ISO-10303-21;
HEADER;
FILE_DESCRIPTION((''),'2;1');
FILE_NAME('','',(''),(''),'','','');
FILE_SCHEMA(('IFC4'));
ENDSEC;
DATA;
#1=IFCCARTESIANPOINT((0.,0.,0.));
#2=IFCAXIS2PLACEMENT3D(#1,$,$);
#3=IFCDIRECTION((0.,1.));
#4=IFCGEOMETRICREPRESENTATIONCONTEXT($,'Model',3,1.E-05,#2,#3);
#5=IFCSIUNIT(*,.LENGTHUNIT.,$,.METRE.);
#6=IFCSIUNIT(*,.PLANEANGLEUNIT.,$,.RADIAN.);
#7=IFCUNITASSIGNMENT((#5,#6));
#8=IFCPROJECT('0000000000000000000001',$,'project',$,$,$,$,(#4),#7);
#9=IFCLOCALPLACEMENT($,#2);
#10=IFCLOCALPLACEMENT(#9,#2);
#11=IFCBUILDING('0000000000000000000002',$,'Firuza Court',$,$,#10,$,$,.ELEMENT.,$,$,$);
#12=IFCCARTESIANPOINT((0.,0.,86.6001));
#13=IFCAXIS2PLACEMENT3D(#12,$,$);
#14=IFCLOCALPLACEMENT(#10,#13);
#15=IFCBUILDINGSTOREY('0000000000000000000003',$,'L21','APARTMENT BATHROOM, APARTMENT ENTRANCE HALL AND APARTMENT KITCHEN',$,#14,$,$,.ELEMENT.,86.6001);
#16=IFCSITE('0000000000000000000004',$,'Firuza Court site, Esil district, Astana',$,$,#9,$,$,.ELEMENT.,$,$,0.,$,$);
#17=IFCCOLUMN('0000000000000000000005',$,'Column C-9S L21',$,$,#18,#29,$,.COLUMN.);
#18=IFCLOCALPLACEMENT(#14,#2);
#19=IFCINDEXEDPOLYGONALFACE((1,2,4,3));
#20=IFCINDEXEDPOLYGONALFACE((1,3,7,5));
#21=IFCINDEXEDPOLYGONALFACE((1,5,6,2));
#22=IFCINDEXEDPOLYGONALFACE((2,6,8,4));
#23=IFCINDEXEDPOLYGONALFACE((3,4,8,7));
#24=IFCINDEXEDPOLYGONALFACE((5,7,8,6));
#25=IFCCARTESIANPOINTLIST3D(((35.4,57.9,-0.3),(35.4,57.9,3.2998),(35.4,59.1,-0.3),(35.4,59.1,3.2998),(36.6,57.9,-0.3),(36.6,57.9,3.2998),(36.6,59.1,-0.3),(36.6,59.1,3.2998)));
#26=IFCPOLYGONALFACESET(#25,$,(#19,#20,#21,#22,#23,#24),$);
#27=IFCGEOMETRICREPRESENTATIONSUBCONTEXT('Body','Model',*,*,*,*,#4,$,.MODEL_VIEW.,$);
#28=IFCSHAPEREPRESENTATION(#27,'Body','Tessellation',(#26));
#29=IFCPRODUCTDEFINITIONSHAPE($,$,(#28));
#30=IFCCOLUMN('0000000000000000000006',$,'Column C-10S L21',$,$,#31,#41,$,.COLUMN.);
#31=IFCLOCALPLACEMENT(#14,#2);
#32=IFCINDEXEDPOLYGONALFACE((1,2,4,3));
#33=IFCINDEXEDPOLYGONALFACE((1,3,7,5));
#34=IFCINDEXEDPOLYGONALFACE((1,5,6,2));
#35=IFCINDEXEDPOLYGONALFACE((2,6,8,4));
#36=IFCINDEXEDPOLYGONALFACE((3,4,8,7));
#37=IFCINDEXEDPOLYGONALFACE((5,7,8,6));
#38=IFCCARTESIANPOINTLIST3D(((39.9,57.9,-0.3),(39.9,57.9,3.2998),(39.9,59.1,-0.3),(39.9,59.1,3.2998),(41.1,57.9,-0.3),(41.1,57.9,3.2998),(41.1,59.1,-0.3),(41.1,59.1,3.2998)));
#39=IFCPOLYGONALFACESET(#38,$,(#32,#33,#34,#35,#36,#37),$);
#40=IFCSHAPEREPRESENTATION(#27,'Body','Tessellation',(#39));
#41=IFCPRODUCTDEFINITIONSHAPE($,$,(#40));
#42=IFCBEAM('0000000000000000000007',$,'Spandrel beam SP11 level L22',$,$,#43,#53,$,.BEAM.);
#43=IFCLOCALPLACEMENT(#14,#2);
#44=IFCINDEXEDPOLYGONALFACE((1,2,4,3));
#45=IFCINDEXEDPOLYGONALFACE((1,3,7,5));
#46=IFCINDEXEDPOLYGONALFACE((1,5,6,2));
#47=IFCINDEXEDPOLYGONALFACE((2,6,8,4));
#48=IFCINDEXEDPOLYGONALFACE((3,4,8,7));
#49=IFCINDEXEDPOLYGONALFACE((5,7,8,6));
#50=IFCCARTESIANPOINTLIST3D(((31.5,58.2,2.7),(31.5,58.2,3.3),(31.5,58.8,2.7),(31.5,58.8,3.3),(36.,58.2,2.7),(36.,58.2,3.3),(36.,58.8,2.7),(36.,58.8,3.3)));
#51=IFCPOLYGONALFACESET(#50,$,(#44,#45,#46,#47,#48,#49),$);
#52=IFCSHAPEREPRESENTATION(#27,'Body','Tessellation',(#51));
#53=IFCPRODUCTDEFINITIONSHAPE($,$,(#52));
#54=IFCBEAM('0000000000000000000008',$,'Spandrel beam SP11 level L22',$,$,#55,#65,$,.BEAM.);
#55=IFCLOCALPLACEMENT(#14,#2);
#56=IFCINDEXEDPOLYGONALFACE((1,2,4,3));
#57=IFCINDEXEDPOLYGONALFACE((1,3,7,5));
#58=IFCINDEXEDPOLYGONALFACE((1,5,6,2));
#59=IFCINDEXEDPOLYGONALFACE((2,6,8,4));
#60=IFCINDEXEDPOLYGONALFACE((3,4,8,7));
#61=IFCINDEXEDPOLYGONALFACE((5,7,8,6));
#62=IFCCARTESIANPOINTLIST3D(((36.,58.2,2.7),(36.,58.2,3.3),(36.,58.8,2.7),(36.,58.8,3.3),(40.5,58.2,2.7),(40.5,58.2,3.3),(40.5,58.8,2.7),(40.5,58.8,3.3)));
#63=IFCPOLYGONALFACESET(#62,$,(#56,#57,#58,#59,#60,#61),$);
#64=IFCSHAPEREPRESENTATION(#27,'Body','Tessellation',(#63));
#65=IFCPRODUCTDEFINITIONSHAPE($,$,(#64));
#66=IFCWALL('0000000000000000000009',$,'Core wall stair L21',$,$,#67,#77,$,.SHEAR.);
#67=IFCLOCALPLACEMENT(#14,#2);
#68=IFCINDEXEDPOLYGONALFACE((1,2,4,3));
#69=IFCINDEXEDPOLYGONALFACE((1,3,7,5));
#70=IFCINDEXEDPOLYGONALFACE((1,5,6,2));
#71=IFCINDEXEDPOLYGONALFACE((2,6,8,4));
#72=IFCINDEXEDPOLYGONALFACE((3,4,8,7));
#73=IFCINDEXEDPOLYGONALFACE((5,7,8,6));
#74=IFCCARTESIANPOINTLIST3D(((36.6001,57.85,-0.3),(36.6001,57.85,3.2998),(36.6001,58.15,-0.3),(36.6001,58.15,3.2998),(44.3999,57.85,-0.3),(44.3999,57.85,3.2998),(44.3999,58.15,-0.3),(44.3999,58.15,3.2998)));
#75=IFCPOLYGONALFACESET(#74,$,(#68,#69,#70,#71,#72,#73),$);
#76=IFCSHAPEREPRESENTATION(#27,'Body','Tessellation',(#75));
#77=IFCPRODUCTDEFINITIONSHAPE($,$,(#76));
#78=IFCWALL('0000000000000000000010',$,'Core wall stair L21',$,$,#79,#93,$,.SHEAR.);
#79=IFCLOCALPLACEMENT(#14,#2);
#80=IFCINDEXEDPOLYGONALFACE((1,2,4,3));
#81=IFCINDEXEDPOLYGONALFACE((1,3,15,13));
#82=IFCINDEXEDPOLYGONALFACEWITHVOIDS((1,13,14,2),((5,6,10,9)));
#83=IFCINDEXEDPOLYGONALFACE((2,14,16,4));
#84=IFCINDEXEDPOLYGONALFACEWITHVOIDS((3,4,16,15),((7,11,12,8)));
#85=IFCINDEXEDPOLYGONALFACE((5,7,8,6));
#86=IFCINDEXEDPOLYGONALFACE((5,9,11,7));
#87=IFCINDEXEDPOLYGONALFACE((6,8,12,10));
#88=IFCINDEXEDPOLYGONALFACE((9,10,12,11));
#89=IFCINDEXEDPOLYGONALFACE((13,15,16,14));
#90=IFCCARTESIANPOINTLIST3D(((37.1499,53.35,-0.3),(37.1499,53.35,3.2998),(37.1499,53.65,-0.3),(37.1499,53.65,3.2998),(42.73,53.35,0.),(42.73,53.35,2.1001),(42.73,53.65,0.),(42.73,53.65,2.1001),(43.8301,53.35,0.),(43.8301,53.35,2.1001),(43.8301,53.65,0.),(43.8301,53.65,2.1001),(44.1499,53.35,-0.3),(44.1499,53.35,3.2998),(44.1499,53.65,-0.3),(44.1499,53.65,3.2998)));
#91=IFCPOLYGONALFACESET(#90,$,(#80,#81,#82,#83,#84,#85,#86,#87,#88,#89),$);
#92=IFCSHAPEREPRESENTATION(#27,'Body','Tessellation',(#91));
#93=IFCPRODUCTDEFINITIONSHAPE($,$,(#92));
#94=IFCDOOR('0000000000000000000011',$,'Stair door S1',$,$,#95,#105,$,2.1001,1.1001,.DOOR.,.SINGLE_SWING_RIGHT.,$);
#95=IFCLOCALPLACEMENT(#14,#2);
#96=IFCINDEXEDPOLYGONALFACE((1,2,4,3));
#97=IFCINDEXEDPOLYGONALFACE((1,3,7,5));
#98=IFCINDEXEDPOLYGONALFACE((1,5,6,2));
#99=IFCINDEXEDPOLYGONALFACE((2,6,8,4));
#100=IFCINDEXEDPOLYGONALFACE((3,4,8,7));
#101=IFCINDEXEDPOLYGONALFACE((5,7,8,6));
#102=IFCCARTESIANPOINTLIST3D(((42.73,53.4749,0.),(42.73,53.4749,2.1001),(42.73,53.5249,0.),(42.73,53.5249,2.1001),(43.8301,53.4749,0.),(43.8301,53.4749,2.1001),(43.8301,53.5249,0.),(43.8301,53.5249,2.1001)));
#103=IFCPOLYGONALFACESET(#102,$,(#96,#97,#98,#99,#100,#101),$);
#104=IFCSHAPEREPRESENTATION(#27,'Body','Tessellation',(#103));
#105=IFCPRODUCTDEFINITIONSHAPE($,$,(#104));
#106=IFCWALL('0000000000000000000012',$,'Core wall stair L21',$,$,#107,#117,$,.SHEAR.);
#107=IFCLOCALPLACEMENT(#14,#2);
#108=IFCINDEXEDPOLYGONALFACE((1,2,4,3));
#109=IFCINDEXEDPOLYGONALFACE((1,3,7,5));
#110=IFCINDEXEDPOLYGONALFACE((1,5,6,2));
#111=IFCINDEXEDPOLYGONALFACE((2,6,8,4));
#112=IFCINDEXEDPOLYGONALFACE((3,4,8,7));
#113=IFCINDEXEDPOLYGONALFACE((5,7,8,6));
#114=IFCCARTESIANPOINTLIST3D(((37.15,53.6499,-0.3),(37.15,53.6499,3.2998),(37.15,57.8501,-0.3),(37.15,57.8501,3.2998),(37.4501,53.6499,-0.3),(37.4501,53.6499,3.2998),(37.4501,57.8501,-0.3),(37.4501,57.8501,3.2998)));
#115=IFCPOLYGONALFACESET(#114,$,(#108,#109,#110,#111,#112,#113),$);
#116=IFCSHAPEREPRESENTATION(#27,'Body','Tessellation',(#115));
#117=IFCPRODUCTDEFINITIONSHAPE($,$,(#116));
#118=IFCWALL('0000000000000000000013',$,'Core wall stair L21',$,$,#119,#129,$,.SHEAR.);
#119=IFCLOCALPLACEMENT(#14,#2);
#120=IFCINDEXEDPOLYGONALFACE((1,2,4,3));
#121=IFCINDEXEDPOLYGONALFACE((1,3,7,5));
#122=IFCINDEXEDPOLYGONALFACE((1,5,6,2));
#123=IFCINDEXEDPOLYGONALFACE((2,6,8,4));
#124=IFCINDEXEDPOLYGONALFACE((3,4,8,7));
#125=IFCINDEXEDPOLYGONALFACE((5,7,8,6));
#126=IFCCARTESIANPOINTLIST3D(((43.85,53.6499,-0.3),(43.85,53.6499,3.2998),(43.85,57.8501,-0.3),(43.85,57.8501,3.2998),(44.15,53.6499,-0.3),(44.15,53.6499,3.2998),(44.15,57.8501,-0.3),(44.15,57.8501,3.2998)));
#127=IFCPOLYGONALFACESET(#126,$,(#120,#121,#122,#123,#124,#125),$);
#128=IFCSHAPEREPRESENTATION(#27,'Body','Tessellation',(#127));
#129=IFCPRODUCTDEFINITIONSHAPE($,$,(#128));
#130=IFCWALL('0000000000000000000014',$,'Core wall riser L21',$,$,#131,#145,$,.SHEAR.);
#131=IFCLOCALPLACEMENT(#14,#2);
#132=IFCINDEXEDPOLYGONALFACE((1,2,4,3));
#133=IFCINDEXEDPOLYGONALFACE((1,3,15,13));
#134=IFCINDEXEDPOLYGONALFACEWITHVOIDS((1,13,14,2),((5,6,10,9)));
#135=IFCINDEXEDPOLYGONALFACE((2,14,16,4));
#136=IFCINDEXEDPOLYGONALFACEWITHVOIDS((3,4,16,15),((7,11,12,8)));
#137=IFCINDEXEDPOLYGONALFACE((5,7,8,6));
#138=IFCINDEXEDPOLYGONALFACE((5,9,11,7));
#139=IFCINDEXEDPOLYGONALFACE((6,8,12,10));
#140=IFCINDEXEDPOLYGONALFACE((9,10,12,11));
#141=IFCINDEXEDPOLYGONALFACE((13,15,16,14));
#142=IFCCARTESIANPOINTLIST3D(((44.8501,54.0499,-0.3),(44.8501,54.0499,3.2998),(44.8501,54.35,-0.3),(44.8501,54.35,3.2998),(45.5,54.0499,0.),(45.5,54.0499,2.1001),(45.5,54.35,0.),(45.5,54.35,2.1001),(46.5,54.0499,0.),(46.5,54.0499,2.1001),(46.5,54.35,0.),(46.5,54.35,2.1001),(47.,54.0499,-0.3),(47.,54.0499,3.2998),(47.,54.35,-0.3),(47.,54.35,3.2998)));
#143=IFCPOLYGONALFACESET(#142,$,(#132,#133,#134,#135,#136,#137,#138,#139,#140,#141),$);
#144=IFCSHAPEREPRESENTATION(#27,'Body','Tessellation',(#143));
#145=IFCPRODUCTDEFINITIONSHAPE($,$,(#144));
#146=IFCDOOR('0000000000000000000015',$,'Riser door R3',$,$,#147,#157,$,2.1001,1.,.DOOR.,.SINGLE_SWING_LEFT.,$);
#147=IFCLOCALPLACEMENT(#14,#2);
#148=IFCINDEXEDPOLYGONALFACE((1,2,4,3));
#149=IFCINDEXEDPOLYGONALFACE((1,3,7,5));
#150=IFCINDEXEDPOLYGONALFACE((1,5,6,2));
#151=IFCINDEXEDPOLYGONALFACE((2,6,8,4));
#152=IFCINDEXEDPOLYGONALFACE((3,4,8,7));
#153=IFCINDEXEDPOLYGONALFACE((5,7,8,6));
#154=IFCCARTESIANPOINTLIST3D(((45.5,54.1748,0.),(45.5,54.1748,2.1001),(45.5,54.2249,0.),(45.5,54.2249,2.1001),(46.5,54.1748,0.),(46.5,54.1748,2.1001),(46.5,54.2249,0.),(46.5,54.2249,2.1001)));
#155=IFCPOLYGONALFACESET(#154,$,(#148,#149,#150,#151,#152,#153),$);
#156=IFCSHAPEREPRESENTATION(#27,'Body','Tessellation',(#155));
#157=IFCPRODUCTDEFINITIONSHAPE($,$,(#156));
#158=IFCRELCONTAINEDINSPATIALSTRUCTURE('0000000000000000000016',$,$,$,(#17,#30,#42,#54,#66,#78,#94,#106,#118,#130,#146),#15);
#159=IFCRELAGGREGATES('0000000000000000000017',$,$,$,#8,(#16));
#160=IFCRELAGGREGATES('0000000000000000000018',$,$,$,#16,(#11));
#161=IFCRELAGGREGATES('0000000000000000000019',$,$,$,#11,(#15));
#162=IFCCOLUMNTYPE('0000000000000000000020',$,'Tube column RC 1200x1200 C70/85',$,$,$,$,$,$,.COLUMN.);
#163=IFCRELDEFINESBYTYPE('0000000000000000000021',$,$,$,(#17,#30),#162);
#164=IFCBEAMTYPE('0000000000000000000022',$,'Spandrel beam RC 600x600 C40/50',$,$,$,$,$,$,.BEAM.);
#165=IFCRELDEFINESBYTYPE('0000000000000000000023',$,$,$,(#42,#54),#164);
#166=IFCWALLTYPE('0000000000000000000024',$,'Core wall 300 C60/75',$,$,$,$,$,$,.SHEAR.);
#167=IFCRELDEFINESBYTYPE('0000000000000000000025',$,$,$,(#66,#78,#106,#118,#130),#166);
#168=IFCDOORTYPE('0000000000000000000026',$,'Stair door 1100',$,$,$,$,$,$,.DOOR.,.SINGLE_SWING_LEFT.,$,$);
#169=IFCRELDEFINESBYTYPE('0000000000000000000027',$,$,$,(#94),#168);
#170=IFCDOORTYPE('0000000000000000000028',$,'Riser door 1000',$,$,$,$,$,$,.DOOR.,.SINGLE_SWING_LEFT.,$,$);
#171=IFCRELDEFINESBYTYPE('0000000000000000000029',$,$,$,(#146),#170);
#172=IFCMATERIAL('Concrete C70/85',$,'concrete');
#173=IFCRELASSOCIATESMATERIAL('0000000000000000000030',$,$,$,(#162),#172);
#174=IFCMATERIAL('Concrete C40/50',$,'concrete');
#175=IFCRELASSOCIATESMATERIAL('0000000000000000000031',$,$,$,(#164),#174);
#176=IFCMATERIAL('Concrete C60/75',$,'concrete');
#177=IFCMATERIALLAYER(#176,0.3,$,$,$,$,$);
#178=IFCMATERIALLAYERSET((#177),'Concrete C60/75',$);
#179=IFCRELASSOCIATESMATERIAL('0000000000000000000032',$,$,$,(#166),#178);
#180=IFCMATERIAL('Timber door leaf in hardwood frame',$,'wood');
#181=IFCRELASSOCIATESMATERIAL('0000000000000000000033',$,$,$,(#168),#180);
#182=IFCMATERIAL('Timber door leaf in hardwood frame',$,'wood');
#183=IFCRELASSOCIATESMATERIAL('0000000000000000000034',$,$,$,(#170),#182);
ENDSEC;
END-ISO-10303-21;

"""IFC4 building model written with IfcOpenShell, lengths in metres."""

from ifc_helpers import new_model, si_unit, direction, frame, frame_2d, origin, origin_2d, place, context, subcontext, project, spatial, rectangle, extrude, material, layer, layer_set, material_profile, profile_set, type_object, element, fill, save


model = new_model("IFC4")

# Units and contexts
model_context = context("Model", 3, precision=1e-05, world=origin(), true_north=direction((0.0, 1.0)))
body_context = subcontext(model_context, "Body", "Model", "MODEL_VIEW")
ifc_project = project(units=[si_unit("LENGTHUNIT", "METRE"), si_unit("PLANEANGLEUNIT", "RADIAN")], contexts=[model_context])

# Site, building, storey
site_placement = place(None, origin())
site = spatial("IfcSite", under=ifc_project, at=site_placement, Name="Firuza Court site, Esil district, Astana", CompositionType="ELEMENT", RefElevation=0.0)
building_placement = place(site_placement, origin())
building = spatial("IfcBuilding", under=site, at=building_placement, Name="Firuza Court", CompositionType="ELEMENT")
storey_placement = place(building_placement, frame((0.0, 0.0, 86.6001)))
storey = spatial("IfcBuildingStorey", under=building, at=storey_placement, Name="L21", Description="APARTMENT BATHROOM, APARTMENT ENTRANCE HALL AND APARTMENT KITCHEN", CompositionType="ELEMENT", Elevation=86.6001)

# Columns
ifc_material_1 = material(Name="Concrete C70/85", Category="concrete")
ifc_material_profile_1 = material_profile(ifc_material_1, rectangle(XDim=1.2, YDim=1.2, at=origin_2d()), Name="RC 1200x1200")
ifc_profile_set_1 = profile_set([ifc_material_profile_1], Name="Concrete C70/85")
column_type = type_object("IfcColumnType", Name="Tube column RC 1200x1200 C70/85", PredefinedType="COLUMN", material=ifc_profile_set_1)
for number, where, z_axis, x_axis, name in (
    (1, (36.0, 58.5, -0.3), (0.0, 0.0, 1.0), (1.0, 0.0, 0.0), "Column C-9S L21"),
    (2, (40.5, 58.5, -0.3), (0.0, 0.0, 1.0), (1.0, 0.0, 0.0), "Column C-10S L21"),
):
    element("IfcColumn", number, at=place(storey_placement, frame(where, z_axis=z_axis, x_axis=x_axis)), inside=storey, type_object=column_type, Name=name, PredefinedType="COLUMN", context=body_context, shape_type="SweptSolid", body=[
        extrude(rectangle(XDim=1.2, YDim=1.2, at=origin_2d()), origin(), (0.0, 0.0, 1.0), 3.5999),
    ])

# Beams
ifc_material_2 = material(Name="Concrete C40/50", Category="concrete")
ifc_material_profile_2 = material_profile(ifc_material_2, rectangle(XDim=0.6001, YDim=0.6001, at=origin_2d()), Name="RC 600x600")
ifc_profile_set_2 = profile_set([ifc_material_profile_2], Name="Concrete C40/50")
beam_type = type_object("IfcBeamType", Name="Spandrel beam RC 600x600 C40/50", PredefinedType="BEAM", material=ifc_profile_set_2)
for number, where, z_axis, x_axis, name in (
    (3, (36.0, 58.5, 3.0), (-1.0, 0.0, 0.0), (0.0, -1.0, 0.0), "Spandrel beam SP11 level L22"),
    (4, (40.5, 58.5, 3.0), (-1.0, 0.0, 0.0), (0.0, -1.0, 0.0), "Spandrel beam SP11 level L22"),
):
    element("IfcBeam", number, at=place(storey_placement, frame(where, z_axis=z_axis, x_axis=x_axis)), inside=storey, type_object=beam_type, Name=name, PredefinedType="BEAM", context=body_context, shape_type="SweptSolid", body=[
        extrude(rectangle(XDim=0.6001, YDim=0.6001, at=origin_2d()), origin(), (0.0, 0.0, 1.0), 4.5),
    ])

# Wall
ifc_material_3 = material(Name="Concrete C60/75", Category="concrete")
ifc_layer_1 = layer(ifc_material_3, 0.3)
ifc_layer_set_1 = layer_set([ifc_layer_1], Name="Concrete C60/75")
wall_type_1 = type_object("IfcWallType", Name="Core wall 300 C60/75", PredefinedType="SHEAR", material=ifc_layer_set_1)
wall_1_placement = place(storey_placement, frame((36.6001, 58.0, -0.3), z_axis=(0.0, 0.0, 1.0), x_axis=(1.0, 0.0, 0.0)))
element("IfcWall", 5, at=wall_1_placement, inside=storey, type_object=wall_type_1, Name="Core wall stair L21", PredefinedType="SHEAR", context=body_context, shape_type="SweptSolid", body=[
    extrude(rectangle(XDim=7.7998, YDim=0.3, at=frame_2d((3.8999, 0.0))), origin(), (0.0, 0.0, 1.0), 3.5999),
])

# Wall, opening, door
wall_2_placement = place(storey_placement, frame((37.1499, 53.5, -0.3), z_axis=(0.0, 0.0, 1.0), x_axis=(1.0, 0.0, 0.0)))
wall_2 = element("IfcWall", 6, at=wall_2_placement, inside=storey, type_object=wall_type_1, Name="Core wall stair L21", PredefinedType="SHEAR", context=body_context, shape_type="SweptSolid", body=[
    extrude(rectangle(XDim=7.0, YDim=0.3, at=frame_2d((3.5, 0.0))), origin(), (0.0, 0.0, 1.0), 3.5999),
])
opening_1_placement = place(wall_2_placement, frame((5.5801, 0.0, 0.3)))
opening_1 = element("IfcOpeningElement", 7, at=opening_1_placement, cuts=wall_2, PredefinedType="OPENING", context=body_context, shape_type="SweptSolid", body=[
    extrude(rectangle(XDim=1.1001, YDim=2.1001, at=frame_2d((0.55, 1.05))), frame((0.0, 0.1621, 0.0), z_axis=(0.0, -1.0, 0.0), x_axis=(1.0, 0.0, 0.0)), (0.0, 0.0, 1.0), 0.324),
])
ifc_material_4 = material(Name="Timber door leaf in hardwood frame", Category="wood")
door_type_1 = type_object("IfcDoorType", Name="Stair door 1100", OperationType="SINGLE_SWING_LEFT", PredefinedType="DOOR", material=ifc_material_4)
door_1_placement = place(opening_1_placement, origin())
door_1 = element("IfcDoor", 8, at=door_1_placement, inside=storey, type_object=door_type_1, Name="Stair door S1", OperationType="SINGLE_SWING_RIGHT", OverallHeight=2.1001, OverallWidth=1.1001, PredefinedType="DOOR", context=body_context, shape_type="SweptSolid", body=[
    extrude(rectangle(XDim=1.1001, YDim=2.1001, at=frame_2d((0.55, 1.05))), frame((0.0, 0.0249, 0.0), z_axis=(0.0, -1.0, 0.0), x_axis=(1.0, 0.0, 0.0)), (0.0, 0.0, 1.0), 0.05),
])
fill(opening_1, door_1)

# Walls
for number, where, z_axis, x_axis, name in (
    (9, (37.3, 53.6499, -0.3), (0.0, 0.0, 1.0), (0.0, 1.0, 0.0), "Core wall stair L21"),
    (10, (44.0, 53.6499, -0.3), (0.0, 0.0, 1.0), (0.0, 1.0, 0.0), "Core wall stair L21"),
):
    element("IfcWall", number, at=place(storey_placement, frame(where, z_axis=z_axis, x_axis=x_axis)), inside=storey, type_object=wall_type_1, Name=name, PredefinedType="SHEAR", context=body_context, shape_type="SweptSolid", body=[
        extrude(rectangle(XDim=4.2002, YDim=0.3, at=frame_2d((2.1001, 0.0))), origin(), (0.0, 0.0, 1.0), 3.5999),
    ])

# Wall, opening, door
wall_3_placement = place(storey_placement, frame((44.8501, 54.2, -0.3), z_axis=(0.0, 0.0, 1.0), x_axis=(1.0, 0.0, 0.0)))
wall_3 = element("IfcWall", 11, at=wall_3_placement, inside=storey, type_object=wall_type_1, Name="Core wall riser L21", PredefinedType="SHEAR", context=body_context, shape_type="SweptSolid", body=[
    extrude(rectangle(XDim=2.1499, YDim=0.3, at=frame_2d((1.075, 0.0))), origin(), (0.0, 0.0, 1.0), 3.5999),
])
opening_2_placement = place(wall_3_placement, frame((0.6499, 0.0, 0.3)))
opening_2 = element("IfcOpeningElement", 12, at=opening_2_placement, cuts=wall_3, PredefinedType="OPENING", context=body_context, shape_type="SweptSolid", body=[
    extrude(rectangle(XDim=1.0, YDim=2.1001, at=frame_2d((0.5, 1.05))), frame((0.0, 0.1621, 0.0), z_axis=(0.0, -1.0, 0.0), x_axis=(1.0, 0.0, 0.0)), (0.0, 0.0, 1.0), 0.324),
])
ifc_material_5 = material(Name="Timber door leaf in hardwood frame", Category="wood")
door_type_2 = type_object("IfcDoorType", Name="Riser door 1000", OperationType="SINGLE_SWING_LEFT", PredefinedType="DOOR", material=ifc_material_5)
door_2_placement = place(opening_2_placement, origin())
door_2 = element("IfcDoor", 13, at=door_2_placement, inside=storey, type_object=door_type_2, Name="Riser door R3", OperationType="SINGLE_SWING_LEFT", OverallHeight=2.1001, OverallWidth=1.0, PredefinedType="DOOR", context=body_context, shape_type="SweptSolid", body=[
    extrude(rectangle(XDim=1.0, YDim=2.1001, at=frame_2d((0.5, 1.05))), frame((0.0, 0.0249, 0.0), z_axis=(0.0, -1.0, 0.0), x_axis=(1.0, 0.0, 0.0)), (0.0, 0.0, 1.0), 0.05),
])
fill(opening_2, door_2)

save(model, "model.ifc")
